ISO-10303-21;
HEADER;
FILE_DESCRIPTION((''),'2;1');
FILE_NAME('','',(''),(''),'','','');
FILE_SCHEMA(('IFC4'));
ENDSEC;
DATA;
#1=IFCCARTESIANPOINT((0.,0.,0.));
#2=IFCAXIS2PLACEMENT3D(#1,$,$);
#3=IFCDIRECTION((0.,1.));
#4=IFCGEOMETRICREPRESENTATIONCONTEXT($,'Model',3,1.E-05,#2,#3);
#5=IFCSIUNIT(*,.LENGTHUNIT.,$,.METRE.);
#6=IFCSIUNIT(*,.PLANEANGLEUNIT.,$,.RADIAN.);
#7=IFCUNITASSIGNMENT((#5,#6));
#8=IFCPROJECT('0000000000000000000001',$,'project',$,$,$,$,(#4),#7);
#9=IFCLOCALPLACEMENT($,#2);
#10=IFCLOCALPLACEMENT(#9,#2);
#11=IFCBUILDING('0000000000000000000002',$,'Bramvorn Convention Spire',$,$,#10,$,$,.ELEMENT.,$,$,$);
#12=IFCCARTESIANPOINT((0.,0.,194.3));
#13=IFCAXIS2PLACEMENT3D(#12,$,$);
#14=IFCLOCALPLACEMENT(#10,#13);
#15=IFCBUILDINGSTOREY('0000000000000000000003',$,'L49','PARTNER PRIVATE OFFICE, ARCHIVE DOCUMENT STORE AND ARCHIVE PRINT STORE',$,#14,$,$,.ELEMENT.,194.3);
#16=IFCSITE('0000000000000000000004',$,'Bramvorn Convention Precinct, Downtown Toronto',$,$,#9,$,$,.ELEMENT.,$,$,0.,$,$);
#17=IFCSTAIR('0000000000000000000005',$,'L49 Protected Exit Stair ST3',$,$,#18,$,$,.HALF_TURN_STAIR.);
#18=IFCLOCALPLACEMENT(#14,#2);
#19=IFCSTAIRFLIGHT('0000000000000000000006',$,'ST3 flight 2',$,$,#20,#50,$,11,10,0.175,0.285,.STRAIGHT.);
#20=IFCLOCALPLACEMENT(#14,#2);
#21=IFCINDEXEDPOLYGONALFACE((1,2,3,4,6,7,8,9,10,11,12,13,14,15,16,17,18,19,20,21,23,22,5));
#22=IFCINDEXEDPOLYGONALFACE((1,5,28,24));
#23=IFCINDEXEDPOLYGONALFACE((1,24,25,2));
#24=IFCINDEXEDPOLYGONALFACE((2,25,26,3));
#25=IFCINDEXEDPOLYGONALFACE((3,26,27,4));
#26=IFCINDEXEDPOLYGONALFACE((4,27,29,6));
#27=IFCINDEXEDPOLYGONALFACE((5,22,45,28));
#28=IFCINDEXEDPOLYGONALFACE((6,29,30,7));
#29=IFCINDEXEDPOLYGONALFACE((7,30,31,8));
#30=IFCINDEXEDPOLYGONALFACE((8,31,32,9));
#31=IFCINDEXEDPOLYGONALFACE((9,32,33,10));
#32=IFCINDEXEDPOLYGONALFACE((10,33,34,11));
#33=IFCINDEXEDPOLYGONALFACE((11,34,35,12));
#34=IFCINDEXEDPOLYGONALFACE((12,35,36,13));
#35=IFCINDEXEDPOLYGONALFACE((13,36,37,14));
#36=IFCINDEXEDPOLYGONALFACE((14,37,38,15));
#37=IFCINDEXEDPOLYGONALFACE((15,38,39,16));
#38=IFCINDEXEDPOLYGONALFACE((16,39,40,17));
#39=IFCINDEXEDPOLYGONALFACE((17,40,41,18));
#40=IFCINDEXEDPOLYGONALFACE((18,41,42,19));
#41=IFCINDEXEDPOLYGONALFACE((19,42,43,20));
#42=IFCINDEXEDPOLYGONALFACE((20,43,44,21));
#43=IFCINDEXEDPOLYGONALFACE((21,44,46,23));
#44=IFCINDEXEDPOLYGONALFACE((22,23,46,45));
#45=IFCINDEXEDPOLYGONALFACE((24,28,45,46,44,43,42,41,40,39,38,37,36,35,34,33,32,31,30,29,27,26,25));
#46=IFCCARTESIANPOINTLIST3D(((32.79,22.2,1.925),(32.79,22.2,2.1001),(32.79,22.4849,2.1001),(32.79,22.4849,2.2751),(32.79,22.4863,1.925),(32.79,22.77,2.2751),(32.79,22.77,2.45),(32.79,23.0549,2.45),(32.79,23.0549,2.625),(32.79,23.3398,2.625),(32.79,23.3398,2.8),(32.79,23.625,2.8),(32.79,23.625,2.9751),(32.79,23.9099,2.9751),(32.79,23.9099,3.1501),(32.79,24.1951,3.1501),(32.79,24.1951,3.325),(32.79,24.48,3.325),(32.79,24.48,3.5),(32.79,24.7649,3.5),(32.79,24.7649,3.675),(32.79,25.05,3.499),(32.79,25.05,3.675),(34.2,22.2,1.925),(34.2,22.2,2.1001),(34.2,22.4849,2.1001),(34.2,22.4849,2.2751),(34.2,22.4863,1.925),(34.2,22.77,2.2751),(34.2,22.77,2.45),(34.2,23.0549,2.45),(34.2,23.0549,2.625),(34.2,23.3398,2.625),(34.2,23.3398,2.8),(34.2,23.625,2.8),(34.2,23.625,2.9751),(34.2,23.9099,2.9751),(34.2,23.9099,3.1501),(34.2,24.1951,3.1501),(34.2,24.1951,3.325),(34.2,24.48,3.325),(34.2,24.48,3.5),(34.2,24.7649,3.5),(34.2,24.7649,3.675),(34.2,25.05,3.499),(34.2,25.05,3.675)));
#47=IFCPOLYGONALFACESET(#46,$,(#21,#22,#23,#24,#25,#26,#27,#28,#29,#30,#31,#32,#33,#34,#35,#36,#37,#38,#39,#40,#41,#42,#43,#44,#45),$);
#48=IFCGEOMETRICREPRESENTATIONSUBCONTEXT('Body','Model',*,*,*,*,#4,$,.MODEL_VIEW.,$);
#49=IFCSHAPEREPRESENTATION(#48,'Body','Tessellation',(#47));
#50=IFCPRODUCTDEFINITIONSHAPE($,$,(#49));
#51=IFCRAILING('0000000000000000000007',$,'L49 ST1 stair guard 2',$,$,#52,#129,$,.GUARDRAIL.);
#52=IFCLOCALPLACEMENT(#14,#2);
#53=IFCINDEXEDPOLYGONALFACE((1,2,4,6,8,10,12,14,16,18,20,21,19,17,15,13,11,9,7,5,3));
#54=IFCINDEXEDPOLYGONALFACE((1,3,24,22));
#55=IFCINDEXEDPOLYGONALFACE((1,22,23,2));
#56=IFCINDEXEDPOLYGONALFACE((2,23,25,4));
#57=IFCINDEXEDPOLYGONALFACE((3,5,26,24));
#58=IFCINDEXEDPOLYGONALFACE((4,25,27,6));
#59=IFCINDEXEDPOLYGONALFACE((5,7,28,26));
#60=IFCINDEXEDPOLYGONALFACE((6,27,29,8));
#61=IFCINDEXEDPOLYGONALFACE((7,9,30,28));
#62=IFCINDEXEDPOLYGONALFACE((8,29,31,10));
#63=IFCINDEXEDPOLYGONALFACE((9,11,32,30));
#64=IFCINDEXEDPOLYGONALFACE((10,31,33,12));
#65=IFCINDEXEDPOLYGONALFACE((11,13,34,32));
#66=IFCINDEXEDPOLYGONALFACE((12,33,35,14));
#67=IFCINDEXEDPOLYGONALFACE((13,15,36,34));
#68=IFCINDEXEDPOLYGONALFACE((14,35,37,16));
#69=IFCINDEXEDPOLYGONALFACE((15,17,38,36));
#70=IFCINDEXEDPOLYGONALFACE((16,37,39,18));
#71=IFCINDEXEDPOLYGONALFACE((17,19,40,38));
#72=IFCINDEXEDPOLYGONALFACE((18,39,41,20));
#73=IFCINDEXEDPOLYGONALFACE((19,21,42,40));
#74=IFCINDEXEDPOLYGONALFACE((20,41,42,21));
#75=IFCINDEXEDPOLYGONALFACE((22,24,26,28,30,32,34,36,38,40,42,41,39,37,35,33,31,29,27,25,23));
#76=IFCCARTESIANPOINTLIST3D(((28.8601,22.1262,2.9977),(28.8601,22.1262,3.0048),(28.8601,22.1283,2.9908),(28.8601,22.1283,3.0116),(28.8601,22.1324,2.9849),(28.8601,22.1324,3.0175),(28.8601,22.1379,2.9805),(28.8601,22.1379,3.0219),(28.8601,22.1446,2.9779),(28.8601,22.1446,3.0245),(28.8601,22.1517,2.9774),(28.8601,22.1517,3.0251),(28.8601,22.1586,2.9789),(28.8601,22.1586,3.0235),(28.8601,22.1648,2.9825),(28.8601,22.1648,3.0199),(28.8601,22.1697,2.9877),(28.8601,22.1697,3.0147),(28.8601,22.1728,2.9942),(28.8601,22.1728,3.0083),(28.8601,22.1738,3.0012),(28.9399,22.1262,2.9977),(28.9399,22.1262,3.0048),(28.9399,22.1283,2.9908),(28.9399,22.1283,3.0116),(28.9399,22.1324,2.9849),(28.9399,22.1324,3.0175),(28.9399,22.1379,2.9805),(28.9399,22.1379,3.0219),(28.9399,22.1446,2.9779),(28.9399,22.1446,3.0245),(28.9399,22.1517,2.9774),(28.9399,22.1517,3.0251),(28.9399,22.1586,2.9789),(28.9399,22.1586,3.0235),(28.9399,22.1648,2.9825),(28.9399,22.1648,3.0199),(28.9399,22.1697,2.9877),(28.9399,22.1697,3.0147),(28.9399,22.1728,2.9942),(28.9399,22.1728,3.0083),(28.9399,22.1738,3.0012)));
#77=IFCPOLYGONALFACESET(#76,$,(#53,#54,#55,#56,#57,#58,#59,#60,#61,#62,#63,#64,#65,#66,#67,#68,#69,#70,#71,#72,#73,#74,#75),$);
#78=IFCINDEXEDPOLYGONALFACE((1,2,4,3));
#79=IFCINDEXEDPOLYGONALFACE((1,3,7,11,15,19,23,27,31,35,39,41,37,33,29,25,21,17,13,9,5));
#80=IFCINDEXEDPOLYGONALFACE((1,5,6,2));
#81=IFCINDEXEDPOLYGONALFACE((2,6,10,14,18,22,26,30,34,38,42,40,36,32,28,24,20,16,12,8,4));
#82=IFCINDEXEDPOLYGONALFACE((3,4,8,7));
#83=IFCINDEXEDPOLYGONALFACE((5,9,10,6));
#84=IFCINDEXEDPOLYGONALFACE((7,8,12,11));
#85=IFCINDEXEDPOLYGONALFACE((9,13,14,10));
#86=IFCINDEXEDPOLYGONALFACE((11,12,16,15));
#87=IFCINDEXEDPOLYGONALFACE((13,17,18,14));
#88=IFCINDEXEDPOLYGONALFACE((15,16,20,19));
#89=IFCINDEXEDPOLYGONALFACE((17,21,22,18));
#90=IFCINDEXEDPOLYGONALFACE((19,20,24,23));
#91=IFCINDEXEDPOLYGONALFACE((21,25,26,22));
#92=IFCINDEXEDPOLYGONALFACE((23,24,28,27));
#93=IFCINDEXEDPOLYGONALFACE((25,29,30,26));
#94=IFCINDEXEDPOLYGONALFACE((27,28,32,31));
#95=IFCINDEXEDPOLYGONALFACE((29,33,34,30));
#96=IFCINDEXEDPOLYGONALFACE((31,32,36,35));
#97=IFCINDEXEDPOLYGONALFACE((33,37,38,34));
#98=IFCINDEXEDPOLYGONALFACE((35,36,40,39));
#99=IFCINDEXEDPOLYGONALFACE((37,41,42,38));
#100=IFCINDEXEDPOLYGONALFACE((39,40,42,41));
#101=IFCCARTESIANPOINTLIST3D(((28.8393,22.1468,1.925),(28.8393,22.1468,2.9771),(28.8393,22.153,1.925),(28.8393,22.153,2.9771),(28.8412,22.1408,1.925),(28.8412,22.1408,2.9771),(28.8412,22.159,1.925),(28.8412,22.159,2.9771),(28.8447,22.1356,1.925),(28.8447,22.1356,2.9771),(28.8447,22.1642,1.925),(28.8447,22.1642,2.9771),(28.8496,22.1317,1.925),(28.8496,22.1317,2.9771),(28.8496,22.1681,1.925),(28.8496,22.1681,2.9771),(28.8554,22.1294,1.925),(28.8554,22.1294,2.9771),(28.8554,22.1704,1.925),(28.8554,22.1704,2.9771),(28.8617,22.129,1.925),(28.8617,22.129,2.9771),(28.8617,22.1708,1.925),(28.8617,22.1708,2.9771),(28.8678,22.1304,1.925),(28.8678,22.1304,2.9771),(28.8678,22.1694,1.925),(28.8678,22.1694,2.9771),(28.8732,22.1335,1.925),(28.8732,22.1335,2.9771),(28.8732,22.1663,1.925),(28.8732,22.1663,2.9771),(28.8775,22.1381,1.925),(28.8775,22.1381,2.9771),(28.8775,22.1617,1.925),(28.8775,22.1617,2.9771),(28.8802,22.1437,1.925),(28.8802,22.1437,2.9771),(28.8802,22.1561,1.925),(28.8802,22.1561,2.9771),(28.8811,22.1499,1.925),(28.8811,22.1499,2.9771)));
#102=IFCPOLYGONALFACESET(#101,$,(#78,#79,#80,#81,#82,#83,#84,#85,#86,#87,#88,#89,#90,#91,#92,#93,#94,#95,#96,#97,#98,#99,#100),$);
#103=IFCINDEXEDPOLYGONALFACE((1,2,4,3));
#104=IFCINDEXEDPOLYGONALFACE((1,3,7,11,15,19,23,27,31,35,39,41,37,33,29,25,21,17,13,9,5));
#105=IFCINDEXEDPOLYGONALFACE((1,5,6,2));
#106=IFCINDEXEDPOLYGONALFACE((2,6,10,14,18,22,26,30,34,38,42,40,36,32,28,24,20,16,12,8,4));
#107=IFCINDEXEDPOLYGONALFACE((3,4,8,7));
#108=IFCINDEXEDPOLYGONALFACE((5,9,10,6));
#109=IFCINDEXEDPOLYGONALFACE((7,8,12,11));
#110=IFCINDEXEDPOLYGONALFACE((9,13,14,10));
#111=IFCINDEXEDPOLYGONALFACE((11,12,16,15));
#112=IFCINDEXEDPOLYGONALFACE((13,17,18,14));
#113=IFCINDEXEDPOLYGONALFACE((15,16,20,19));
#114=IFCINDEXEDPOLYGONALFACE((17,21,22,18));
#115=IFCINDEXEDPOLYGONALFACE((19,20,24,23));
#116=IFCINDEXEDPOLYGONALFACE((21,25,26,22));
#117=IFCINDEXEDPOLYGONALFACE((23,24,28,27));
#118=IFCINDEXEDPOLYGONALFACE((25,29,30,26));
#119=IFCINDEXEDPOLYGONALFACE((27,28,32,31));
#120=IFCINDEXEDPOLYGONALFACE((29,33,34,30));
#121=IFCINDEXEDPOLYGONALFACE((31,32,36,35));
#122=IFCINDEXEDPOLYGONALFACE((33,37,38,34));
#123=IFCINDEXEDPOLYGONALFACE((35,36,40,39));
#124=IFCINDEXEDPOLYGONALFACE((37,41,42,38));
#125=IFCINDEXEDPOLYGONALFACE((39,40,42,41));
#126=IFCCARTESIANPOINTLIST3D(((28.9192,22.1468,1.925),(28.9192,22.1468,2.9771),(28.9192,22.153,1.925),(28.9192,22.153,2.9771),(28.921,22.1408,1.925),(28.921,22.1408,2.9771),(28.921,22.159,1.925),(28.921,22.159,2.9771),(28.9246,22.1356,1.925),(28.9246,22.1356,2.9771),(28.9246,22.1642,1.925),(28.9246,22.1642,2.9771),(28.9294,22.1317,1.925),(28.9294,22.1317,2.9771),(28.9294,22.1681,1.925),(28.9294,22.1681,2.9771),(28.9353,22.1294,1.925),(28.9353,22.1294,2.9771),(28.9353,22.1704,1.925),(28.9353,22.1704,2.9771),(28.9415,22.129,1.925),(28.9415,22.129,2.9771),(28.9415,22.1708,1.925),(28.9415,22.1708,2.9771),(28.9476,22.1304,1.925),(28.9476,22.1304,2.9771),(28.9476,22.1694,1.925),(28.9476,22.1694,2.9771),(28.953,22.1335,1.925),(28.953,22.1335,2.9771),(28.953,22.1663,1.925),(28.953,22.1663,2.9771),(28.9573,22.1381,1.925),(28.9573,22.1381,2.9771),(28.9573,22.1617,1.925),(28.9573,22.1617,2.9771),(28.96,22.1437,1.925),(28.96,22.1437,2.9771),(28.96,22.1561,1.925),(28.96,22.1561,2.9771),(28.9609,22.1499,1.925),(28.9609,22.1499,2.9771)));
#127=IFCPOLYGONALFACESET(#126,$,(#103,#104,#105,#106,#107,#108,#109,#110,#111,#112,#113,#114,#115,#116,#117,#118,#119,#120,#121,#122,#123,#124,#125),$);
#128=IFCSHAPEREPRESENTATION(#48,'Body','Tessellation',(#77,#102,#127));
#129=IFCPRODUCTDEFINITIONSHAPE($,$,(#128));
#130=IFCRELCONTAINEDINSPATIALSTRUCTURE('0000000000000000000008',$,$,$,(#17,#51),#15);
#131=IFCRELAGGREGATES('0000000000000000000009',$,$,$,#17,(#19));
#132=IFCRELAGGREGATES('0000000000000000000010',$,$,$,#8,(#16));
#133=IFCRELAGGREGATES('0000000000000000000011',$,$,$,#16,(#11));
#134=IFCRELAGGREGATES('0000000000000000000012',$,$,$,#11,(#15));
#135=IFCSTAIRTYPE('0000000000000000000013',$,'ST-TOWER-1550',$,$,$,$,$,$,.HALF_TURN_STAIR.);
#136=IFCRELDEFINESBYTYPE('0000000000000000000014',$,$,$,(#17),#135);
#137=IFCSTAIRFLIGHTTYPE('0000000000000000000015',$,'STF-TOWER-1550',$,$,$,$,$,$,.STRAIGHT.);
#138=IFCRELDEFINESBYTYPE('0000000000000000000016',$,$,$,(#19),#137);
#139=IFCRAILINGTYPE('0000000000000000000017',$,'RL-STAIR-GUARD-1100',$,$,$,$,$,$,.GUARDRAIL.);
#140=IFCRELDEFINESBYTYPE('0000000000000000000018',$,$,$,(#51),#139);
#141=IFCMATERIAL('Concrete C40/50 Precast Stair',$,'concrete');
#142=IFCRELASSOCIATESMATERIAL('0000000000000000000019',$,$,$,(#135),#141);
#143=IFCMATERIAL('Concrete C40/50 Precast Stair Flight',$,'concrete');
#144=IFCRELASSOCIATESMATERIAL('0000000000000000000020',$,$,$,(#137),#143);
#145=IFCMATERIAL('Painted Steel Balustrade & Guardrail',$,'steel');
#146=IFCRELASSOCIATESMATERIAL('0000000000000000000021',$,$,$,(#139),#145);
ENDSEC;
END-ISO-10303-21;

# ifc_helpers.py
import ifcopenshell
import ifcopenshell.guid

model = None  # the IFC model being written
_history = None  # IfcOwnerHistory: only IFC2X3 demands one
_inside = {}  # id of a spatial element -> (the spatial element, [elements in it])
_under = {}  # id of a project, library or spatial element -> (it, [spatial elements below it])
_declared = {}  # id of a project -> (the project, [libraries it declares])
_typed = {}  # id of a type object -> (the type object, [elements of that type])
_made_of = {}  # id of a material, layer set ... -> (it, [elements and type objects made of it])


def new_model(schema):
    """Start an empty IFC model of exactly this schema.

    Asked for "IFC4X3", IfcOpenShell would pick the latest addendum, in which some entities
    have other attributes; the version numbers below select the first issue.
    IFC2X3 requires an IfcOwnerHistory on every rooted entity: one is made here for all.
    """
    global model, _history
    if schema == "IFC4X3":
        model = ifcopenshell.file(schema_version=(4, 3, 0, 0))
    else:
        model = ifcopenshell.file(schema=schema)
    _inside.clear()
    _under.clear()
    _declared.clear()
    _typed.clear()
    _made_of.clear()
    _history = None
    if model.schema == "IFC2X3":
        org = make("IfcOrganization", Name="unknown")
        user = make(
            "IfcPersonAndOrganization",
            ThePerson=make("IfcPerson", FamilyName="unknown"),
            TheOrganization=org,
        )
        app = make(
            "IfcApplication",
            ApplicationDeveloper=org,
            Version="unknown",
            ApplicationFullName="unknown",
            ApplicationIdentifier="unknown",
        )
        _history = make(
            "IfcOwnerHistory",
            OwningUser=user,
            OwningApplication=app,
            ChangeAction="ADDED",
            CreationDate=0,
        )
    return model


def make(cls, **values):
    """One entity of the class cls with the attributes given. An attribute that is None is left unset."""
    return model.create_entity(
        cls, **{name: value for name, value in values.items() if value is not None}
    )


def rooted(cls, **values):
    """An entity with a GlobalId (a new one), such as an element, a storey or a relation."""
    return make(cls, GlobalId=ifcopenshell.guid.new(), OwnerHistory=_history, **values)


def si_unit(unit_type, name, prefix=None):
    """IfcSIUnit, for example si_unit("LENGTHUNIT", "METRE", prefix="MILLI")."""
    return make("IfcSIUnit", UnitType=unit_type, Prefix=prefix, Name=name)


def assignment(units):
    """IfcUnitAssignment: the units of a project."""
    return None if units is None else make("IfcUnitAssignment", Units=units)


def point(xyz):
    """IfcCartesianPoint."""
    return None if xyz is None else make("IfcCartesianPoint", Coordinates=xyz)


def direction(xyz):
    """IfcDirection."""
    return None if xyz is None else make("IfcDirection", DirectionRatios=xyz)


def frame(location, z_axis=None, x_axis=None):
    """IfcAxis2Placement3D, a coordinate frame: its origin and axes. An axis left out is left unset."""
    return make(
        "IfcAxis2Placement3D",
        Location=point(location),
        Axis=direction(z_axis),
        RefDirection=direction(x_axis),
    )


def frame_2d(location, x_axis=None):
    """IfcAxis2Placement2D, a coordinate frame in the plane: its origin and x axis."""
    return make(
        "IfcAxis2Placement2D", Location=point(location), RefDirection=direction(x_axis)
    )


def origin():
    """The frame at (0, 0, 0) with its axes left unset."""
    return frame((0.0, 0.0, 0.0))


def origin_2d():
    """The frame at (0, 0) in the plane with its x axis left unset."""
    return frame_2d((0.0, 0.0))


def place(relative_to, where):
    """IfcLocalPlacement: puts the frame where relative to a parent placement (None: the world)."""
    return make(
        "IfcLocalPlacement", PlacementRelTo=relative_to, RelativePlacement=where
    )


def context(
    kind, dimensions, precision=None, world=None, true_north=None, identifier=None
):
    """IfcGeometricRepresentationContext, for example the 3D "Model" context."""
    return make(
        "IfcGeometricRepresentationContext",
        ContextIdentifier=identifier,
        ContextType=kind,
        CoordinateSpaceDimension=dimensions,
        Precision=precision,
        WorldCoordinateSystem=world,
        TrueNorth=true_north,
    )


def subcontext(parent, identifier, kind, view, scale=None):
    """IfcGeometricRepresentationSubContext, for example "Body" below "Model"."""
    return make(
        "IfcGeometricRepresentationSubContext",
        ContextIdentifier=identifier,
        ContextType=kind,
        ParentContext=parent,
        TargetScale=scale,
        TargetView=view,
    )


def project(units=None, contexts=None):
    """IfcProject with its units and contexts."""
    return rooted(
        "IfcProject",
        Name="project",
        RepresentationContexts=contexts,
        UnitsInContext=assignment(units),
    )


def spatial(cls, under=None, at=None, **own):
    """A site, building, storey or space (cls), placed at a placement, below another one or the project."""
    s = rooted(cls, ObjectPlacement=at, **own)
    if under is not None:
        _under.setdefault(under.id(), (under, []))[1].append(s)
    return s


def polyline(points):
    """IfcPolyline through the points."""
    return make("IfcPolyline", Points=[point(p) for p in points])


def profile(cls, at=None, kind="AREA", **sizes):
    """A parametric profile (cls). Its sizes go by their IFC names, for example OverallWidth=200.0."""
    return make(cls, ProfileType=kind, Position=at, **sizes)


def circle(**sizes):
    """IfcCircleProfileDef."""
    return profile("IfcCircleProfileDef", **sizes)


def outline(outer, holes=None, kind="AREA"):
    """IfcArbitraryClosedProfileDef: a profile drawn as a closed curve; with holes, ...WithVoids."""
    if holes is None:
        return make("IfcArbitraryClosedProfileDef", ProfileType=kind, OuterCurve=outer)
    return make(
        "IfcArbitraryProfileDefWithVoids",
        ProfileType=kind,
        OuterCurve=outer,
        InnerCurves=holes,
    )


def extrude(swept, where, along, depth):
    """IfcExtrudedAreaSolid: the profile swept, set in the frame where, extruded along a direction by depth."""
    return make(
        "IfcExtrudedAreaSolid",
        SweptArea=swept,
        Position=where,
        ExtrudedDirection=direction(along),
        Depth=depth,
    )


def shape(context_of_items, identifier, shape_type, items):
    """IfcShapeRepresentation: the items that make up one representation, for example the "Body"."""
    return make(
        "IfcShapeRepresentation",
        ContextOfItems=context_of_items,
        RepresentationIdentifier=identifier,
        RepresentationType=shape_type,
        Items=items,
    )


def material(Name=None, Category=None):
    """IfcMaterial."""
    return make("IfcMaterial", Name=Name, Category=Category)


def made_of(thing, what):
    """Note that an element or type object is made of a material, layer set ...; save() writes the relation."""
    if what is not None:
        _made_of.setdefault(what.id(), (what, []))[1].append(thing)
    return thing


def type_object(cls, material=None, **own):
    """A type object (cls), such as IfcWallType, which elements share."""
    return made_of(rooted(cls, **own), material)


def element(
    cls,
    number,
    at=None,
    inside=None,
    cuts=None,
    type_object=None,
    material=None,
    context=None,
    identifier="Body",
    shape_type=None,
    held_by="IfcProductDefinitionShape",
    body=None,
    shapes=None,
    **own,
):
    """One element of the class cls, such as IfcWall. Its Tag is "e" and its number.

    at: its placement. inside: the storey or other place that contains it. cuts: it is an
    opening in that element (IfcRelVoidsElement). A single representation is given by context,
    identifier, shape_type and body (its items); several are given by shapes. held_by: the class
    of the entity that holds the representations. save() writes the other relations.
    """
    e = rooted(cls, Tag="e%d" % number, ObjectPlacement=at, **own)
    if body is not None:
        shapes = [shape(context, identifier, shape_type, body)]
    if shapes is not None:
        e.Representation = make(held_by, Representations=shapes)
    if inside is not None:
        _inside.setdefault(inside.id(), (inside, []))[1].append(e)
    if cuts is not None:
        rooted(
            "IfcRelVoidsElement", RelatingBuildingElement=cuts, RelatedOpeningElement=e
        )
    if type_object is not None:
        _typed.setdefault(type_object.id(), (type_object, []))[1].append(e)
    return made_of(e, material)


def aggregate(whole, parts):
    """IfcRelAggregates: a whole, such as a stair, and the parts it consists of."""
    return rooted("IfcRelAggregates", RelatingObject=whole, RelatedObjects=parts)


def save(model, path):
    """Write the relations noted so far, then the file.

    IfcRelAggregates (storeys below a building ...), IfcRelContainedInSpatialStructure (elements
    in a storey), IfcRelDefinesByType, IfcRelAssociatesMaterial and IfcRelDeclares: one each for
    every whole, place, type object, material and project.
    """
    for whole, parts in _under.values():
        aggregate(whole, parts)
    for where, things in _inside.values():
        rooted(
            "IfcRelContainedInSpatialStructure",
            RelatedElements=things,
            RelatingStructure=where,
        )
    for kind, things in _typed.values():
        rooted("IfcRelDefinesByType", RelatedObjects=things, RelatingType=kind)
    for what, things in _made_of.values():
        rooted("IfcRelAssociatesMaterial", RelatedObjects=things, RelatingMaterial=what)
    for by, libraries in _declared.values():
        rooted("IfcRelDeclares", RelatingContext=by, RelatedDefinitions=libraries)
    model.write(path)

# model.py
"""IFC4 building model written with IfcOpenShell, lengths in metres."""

from ifc_helpers import new_model, si_unit, direction, frame, origin, origin_2d, place, context, subcontext, project, spatial, polyline, circle, outline, extrude, material, type_object, element, aggregate, save


model = new_model("IFC4")

# Units and contexts
model_context = context("Model", 3, precision=1e-05, world=origin(), true_north=direction((0.0, 1.0)))
body_context = subcontext(model_context, "Body", "Model", "MODEL_VIEW")
ifc_project = project(units=[si_unit("LENGTHUNIT", "METRE"), si_unit("PLANEANGLEUNIT", "RADIAN")], contexts=[model_context])

# Site, building, storey
site_placement = place(None, origin())
site = spatial("IfcSite", under=ifc_project, at=site_placement, Name="Bramvorn Convention Precinct, Downtown Toronto", CompositionType="ELEMENT", RefElevation=0.0)
building_placement = place(site_placement, origin())
building = spatial("IfcBuilding", under=site, at=building_placement, Name="Bramvorn Convention Spire", CompositionType="ELEMENT")
storey_placement = place(building_placement, frame((0.0, 0.0, 194.3)))
storey = spatial("IfcBuildingStorey", under=building, at=storey_placement, Name="L49", Description="PARTNER PRIVATE OFFICE, ARCHIVE DOCUMENT STORE AND ARCHIVE PRINT STORE", CompositionType="ELEMENT", Elevation=194.3)

# Stair, stair flight
ifc_material_1 = material(Name="Concrete C40/50 Precast Stair", Category="concrete")
stair_type = type_object("IfcStairType", Name="ST-TOWER-1550", PredefinedType="HALF_TURN_STAIR", material=ifc_material_1)
ifc_material_2 = material(Name="Concrete C40/50 Precast Stair Flight", Category="concrete")
stair_flight_type = type_object("IfcStairFlightType", Name="STF-TOWER-1550", PredefinedType="STRAIGHT", material=ifc_material_2)
stair_1_placement = place(storey_placement, origin())
stair_1 = element("IfcStair", 1, at=stair_1_placement, inside=storey, type_object=stair_type, Name="L49 Protected Exit Stair ST3", PredefinedType="HALF_TURN_STAIR")
stair_flight_1_placement = place(storey_placement, frame((33.4951, 22.2, 1.925), z_axis=(0.0, 0.0, 1.0), x_axis=(0.0, 1.0, 0.0)))
stair_flight_1 = element("IfcStairFlight", 2, at=stair_flight_1_placement, type_object=stair_flight_type, Name="ST3 flight 2", NumberOfRisers=11, NumberOfTreads=10, PredefinedType="STRAIGHT", RiserHeight=0.175, TreadLength=0.285, context=body_context, shape_type="SweptSolid", body=[
    extrude(outline(polyline([(0.0, 0.0), (0.0, 0.175), (0.2849, 0.175), (0.2849, 0.3501), (0.5701, 0.3501), (0.5701, 0.5249), (0.855, 0.5249), (0.855, 0.7), (1.1399, 0.7), (1.1399, 0.875), (1.425, 0.875), (1.425, 1.05), (1.71, 1.05), (1.71, 1.2251), (1.9951, 1.2251), (1.9951, 1.3999), (2.28, 1.3999), (2.28, 1.575), (2.5649, 1.575), (2.5649, 1.75), (2.8501, 1.75), (2.8501, 1.925), (2.8501, 1.574), (0.2864, 0.0), (0.0, 0.0)])), frame((0.0, 0.7051, 0.0), z_axis=(0.0, -1.0, 0.0), x_axis=(1.0, 0.0, 0.0)), (0.0, 0.0, 1.0), 1.4099),
])
aggregate(stair_1, [stair_flight_1])

# Railing
ifc_material_3 = material(Name="Painted Steel Balustrade & Guardrail", Category="steel")
railing_type_1 = type_object("IfcRailingType", Name="RL-STAIR-GUARD-1100", PredefinedType="GUARDRAIL", material=ifc_material_3)
railing_1_placement = place(storey_placement, frame((28.8601, 22.1499, 1.925)))
element("IfcRailing", 3, at=railing_1_placement, inside=storey, type_object=railing_type_1, Name="L49 ST1 stair guard 2", PredefinedType="GUARDRAIL", context=body_context, shape_type="SweptSolid", body=[
    extrude(circle(Radius=0.0239, at=origin_2d()), frame((0.0, 0.0, 1.0762), z_axis=(1.0, 0.0, 0.0), x_axis=(0.0, 1.0, 0.0)), (0.0, 0.0, 1.0), 0.0798),
    extrude(circle(Radius=0.021, at=origin_2d()), origin(), (0.0, 0.0, 1.0), 1.052),
    extrude(circle(Radius=0.021, at=origin_2d()), frame((0.0798, 0.0, 0.0)), (0.0, 0.0, 1.0), 1.052),
])

save(model, "model.ifc")
